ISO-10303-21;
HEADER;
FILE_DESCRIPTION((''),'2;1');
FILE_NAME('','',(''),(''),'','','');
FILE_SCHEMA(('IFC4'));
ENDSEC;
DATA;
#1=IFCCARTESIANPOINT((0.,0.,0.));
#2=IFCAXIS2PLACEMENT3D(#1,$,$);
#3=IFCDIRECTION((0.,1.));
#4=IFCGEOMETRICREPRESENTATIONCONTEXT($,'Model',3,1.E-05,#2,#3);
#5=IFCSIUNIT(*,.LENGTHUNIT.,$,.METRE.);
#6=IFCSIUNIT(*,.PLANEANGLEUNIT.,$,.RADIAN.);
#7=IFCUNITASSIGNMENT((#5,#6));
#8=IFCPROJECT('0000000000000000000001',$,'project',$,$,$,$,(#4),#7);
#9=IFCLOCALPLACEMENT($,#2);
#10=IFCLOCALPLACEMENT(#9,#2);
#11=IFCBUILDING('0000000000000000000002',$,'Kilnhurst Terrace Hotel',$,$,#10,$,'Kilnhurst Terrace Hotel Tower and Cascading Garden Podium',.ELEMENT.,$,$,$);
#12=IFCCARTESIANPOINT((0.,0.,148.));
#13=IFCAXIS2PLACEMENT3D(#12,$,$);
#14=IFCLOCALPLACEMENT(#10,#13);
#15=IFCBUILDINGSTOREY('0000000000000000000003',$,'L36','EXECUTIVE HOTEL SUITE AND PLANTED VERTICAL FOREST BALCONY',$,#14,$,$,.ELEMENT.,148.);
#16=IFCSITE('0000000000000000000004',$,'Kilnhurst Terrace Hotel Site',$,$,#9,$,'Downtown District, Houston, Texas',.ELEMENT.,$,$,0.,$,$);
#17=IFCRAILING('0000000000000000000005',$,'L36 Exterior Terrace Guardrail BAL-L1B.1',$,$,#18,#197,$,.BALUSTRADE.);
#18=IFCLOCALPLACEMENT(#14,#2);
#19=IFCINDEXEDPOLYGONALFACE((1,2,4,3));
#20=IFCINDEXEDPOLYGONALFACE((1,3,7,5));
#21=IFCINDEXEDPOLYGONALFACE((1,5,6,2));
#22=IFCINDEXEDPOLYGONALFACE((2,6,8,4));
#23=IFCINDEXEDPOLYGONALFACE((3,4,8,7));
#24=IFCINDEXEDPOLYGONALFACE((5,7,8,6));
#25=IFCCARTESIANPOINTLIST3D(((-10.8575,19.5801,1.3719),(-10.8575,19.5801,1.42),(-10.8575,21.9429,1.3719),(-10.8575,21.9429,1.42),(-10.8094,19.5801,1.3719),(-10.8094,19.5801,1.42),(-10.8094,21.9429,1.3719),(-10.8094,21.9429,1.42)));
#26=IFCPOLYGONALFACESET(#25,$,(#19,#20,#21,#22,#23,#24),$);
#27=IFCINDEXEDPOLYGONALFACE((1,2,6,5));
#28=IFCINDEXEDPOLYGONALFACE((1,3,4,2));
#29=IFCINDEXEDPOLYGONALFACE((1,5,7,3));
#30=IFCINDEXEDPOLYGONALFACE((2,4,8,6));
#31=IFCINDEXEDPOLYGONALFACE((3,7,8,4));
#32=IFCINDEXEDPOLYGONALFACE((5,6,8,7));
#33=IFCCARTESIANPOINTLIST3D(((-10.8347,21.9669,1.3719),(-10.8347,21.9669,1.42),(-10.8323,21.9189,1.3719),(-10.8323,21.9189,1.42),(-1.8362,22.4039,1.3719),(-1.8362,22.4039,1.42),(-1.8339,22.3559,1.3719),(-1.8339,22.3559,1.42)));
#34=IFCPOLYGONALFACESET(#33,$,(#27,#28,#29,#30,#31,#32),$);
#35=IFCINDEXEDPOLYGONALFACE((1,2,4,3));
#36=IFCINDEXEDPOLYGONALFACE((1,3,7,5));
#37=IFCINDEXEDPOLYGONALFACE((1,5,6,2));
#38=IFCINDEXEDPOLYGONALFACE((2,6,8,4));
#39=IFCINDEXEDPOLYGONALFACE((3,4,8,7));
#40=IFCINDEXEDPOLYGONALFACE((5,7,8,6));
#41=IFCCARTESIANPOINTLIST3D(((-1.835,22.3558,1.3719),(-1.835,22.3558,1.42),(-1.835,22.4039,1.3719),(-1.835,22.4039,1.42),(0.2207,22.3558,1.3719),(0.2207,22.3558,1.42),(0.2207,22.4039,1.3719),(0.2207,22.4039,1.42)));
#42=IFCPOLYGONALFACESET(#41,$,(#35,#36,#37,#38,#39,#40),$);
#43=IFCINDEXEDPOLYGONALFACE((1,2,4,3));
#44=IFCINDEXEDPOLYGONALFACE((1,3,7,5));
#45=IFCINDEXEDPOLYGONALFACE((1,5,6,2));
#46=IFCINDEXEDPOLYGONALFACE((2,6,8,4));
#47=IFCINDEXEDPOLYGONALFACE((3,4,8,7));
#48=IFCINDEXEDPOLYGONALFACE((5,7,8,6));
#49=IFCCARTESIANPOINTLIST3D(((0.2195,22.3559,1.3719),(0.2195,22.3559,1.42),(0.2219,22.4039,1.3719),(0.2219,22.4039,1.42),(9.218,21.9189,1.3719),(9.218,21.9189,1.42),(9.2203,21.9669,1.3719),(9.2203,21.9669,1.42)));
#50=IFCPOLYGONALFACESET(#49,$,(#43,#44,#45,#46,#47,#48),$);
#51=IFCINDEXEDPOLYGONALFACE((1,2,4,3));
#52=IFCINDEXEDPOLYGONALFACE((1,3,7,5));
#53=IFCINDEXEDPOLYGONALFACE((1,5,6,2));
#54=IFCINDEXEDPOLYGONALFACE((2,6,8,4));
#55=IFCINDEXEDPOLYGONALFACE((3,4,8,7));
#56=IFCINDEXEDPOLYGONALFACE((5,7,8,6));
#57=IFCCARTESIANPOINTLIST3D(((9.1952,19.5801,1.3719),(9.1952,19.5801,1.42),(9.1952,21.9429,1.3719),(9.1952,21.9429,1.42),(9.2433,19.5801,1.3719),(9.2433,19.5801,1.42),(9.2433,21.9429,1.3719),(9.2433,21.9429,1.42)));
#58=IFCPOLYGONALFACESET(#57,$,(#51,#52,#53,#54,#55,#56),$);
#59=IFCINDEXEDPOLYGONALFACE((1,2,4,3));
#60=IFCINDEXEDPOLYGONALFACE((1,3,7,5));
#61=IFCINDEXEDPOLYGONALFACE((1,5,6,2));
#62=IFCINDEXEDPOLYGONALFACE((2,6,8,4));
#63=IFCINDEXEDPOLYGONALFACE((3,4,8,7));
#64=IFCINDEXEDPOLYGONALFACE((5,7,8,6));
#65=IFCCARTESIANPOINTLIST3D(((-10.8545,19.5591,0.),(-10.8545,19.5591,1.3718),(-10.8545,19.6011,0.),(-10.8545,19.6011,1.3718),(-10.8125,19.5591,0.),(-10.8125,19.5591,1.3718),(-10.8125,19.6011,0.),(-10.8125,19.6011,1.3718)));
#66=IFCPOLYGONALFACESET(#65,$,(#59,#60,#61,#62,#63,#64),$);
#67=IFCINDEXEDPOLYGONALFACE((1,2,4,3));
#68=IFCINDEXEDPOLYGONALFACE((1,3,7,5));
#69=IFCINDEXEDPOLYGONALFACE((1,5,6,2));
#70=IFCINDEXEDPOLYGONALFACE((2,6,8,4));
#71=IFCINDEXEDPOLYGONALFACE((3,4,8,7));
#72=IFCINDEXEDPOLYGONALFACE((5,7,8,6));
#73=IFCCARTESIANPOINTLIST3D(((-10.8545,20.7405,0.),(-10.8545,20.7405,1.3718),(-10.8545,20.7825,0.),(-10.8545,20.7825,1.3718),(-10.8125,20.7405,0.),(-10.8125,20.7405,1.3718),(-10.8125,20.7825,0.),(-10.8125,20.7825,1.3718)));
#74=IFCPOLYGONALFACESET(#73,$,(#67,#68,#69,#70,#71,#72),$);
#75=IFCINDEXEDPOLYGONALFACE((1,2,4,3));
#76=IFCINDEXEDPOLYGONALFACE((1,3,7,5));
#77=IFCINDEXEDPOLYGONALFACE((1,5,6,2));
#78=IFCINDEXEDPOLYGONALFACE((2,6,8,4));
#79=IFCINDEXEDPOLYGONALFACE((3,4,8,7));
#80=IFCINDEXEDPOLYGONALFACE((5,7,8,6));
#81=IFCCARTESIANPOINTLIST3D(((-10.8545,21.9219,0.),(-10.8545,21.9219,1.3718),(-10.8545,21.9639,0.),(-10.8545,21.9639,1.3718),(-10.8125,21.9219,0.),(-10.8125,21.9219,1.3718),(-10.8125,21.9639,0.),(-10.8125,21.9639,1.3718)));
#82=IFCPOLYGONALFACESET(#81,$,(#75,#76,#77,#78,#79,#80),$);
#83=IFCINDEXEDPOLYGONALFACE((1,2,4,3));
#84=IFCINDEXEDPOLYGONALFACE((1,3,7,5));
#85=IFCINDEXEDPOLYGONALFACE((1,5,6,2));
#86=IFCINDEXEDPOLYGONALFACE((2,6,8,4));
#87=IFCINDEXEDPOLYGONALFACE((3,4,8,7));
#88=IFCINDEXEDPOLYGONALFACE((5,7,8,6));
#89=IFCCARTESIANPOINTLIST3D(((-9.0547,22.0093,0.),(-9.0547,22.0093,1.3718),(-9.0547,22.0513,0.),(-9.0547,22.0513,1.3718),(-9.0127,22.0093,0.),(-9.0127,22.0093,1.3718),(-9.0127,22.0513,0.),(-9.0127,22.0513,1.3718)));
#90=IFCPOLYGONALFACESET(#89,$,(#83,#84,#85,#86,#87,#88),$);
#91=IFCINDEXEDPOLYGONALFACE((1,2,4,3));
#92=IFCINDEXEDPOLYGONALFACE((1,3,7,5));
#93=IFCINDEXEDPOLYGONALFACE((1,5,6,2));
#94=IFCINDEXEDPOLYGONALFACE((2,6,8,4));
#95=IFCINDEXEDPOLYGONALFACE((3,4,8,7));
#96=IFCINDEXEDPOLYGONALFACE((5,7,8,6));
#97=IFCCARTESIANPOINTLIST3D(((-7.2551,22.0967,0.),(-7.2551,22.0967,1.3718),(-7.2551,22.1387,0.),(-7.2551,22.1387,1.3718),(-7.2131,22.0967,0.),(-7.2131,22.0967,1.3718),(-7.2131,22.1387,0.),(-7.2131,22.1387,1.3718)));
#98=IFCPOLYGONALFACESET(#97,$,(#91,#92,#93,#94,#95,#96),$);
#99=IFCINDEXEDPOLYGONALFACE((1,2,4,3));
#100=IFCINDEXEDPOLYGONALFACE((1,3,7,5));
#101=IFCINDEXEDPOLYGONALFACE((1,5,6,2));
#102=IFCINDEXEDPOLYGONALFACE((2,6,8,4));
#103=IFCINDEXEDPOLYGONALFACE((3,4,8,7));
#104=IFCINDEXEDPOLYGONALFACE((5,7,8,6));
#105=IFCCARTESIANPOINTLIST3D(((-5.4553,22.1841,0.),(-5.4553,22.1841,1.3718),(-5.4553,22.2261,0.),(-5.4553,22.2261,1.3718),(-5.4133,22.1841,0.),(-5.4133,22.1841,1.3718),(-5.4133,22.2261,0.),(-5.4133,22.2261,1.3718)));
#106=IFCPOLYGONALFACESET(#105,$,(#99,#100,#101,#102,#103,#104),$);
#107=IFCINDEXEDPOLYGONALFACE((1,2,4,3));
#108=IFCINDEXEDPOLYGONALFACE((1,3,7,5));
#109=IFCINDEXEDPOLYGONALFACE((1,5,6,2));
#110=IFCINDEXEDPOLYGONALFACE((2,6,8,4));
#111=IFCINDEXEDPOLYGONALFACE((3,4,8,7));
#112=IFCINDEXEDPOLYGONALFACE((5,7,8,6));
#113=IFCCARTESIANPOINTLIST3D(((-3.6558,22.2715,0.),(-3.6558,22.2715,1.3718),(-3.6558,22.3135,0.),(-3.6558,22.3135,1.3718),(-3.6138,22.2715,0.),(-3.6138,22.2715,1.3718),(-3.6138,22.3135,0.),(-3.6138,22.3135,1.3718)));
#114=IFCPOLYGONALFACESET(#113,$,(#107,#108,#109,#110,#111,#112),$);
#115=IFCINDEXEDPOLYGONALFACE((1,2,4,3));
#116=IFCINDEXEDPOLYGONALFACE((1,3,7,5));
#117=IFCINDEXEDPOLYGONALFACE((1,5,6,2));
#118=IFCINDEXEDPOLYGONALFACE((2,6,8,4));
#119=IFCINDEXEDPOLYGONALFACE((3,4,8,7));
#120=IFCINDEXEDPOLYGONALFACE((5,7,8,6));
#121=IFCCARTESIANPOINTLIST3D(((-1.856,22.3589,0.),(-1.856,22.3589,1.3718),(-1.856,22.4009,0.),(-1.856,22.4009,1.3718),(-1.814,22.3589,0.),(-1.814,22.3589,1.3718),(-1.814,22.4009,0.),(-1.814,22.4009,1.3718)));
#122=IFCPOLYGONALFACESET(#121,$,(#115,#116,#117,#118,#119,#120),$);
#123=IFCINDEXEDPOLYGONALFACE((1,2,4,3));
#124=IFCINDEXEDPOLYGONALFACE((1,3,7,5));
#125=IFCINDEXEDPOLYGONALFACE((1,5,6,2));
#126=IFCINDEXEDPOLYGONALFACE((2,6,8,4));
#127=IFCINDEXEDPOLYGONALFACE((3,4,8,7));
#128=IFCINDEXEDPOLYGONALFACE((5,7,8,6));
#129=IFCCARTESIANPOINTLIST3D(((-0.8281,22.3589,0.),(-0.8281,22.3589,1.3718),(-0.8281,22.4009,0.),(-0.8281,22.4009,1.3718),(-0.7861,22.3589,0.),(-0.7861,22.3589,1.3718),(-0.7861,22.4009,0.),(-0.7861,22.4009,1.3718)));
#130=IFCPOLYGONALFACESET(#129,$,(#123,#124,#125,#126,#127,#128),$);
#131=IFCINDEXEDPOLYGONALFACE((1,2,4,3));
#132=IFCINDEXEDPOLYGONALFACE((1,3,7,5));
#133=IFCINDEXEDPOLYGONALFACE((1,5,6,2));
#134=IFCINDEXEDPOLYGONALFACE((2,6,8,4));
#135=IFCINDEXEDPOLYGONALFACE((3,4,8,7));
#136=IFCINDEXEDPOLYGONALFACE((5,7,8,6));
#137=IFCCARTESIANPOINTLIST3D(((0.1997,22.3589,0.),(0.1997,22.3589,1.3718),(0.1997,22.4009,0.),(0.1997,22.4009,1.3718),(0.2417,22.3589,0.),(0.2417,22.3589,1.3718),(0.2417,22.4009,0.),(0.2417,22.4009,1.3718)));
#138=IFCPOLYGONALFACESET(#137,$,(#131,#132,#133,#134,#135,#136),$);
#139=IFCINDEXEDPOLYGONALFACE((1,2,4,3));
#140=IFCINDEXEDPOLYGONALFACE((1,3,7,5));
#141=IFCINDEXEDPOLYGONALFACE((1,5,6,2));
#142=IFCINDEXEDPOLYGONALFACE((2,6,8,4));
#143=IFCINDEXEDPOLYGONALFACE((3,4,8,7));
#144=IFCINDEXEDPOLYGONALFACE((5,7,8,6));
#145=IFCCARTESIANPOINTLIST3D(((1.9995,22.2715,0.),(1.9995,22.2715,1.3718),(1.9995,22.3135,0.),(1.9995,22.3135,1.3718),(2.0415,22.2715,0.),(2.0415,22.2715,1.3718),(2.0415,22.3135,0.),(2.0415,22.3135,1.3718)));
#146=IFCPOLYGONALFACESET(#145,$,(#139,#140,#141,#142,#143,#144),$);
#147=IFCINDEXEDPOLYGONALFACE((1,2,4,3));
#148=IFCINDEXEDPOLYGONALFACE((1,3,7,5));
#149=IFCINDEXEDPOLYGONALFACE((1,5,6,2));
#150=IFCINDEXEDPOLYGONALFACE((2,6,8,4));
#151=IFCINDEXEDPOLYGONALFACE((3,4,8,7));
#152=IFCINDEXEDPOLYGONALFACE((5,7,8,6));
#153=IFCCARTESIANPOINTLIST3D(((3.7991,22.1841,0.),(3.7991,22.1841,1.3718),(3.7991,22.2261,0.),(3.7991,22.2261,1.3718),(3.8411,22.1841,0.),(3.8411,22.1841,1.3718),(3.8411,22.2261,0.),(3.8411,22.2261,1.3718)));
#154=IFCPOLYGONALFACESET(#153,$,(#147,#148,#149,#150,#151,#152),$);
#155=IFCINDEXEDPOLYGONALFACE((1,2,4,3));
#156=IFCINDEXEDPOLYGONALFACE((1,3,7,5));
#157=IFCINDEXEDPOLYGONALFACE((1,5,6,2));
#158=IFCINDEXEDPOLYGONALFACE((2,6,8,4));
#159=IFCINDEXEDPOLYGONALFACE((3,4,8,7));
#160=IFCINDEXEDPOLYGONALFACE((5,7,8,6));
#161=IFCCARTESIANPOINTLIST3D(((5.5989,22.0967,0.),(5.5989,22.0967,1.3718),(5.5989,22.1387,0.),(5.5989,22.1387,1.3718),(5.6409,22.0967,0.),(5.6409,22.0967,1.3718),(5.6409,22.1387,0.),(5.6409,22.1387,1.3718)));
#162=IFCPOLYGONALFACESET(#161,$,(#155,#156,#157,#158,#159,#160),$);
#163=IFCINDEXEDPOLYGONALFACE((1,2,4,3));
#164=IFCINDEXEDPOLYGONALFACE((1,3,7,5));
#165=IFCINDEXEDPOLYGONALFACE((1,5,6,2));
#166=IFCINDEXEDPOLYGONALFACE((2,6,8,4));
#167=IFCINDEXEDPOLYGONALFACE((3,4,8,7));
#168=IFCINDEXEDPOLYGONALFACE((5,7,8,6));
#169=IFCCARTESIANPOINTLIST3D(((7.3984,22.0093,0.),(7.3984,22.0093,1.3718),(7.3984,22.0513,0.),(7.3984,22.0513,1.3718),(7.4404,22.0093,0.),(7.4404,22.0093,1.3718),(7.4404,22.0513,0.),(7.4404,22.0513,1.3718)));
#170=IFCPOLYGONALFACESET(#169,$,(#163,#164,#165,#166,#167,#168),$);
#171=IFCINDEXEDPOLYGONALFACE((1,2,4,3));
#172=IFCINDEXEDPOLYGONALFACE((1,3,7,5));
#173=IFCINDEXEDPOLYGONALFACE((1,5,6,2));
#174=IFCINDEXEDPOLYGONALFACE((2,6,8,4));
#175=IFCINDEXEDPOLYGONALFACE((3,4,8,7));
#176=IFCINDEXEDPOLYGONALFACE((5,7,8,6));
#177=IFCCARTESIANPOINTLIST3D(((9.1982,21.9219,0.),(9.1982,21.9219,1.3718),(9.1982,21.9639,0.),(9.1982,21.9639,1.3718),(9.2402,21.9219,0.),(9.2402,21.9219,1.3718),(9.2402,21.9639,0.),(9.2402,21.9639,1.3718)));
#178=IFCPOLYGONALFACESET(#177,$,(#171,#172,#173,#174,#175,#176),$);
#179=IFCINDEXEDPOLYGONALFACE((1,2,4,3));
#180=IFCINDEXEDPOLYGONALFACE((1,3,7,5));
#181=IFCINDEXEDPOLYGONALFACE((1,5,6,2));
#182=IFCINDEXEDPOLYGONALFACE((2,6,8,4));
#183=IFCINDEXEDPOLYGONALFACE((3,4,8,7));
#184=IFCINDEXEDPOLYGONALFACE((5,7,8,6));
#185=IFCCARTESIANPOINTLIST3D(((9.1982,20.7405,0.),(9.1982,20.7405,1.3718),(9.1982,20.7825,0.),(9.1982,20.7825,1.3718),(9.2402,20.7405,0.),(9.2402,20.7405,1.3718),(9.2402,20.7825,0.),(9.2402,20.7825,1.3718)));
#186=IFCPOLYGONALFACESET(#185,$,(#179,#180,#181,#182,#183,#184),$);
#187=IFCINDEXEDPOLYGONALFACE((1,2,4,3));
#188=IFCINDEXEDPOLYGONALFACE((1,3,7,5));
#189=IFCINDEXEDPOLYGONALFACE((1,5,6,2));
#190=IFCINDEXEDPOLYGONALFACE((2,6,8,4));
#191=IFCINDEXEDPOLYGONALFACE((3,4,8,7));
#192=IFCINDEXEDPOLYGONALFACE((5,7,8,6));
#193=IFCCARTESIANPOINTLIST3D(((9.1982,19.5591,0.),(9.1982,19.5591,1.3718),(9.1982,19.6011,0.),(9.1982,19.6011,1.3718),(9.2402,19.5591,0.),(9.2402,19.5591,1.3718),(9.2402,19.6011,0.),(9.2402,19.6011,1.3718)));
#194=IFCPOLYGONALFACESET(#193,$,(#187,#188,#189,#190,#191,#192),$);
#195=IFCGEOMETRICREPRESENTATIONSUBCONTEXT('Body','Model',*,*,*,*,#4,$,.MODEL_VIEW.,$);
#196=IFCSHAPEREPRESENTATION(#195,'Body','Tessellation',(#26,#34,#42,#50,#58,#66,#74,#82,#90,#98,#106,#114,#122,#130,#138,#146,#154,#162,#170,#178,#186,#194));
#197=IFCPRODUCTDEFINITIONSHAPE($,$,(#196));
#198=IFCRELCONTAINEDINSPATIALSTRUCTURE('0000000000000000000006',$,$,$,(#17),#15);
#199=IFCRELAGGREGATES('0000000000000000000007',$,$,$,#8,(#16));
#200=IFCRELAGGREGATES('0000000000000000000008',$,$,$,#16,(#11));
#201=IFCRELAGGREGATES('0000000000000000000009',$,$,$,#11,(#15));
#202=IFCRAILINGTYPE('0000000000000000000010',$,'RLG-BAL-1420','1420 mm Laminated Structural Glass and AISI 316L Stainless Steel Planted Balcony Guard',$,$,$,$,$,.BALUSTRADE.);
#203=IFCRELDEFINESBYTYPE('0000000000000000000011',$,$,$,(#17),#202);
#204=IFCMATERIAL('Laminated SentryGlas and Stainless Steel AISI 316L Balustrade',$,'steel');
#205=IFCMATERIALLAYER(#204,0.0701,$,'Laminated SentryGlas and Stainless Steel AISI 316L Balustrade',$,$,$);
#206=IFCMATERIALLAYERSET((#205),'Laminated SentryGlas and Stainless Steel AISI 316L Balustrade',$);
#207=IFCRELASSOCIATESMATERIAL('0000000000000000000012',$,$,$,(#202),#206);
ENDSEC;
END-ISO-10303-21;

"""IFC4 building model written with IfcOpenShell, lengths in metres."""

from ifc_helpers import new_model, si_unit, direction, frame, origin, origin_2d, place, context, subcontext, project, spatial, rectangle, extrude, material, layer, layer_set, type_object, element, save


model = new_model("IFC4")

# Units and contexts
model_context = context("Model", 3, precision=1e-05, world=origin(), true_north=direction((0.0, 1.0)))
body_context = subcontext(model_context, "Body", "Model", "MODEL_VIEW")
ifc_project = project(units=[si_unit("LENGTHUNIT", "METRE"), si_unit("PLANEANGLEUNIT", "RADIAN")], contexts=[model_context])

# Site, building, storey
site_placement = place(None, origin())
site = spatial("IfcSite", under=ifc_project, at=site_placement, Name="Kilnhurst Terrace Hotel Site", LongName="Downtown District, Houston, Texas", CompositionType="ELEMENT", RefElevation=0.0)
building_placement = place(site_placement, origin())
building = spatial("IfcBuilding", under=site, at=building_placement, Name="Kilnhurst Terrace Hotel", LongName="Kilnhurst Terrace Hotel Tower and Cascading Garden Podium", CompositionType="ELEMENT")
storey_placement = place(building_placement, frame((0.0, 0.0, 148.0)))
storey = spatial("IfcBuildingStorey", under=building, at=storey_placement, Name="L36", Description="EXECUTIVE HOTEL SUITE AND PLANTED VERTICAL FOREST BALCONY", CompositionType="ELEMENT", Elevation=148.0)

# Railing
ifc_material_1 = material(Name="Laminated SentryGlas and Stainless Steel AISI 316L Balustrade", Category="steel")
ifc_layer_1 = layer(ifc_material_1, 0.0701, Name="Laminated SentryGlas and Stainless Steel AISI 316L Balustrade")
ifc_layer_set_1 = layer_set([ifc_layer_1], Name="Laminated SentryGlas and Stainless Steel AISI 316L Balustrade")
railing_type = type_object("IfcRailingType", Name="RLG-BAL-1420", Description="1420 mm Laminated Structural Glass and AISI 316L Stainless Steel Planted Balcony Guard", PredefinedType="BALUSTRADE", material=ifc_layer_set_1)
railing_placement = place(storey_placement, frame((-10.8335, 19.5801, 0.0)))
element("IfcRailing", 1, at=railing_placement, inside=storey, type_object=railing_type, Name="L36 Exterior Terrace Guardrail BAL-L1B.1", PredefinedType="BALUSTRADE", context=body_context, shape_type="SweptSolid", body=[
    extrude(rectangle(XDim=0.0481, YDim=0.0481, at=origin_2d()), frame((0.0, 0.0, 1.396), z_axis=(0.0, 1.0, 0.0), x_axis=(-1.0, 0.0, 0.0)), (0.0, 0.0, 1.0), 2.3628),
    extrude(rectangle(XDim=0.0481, YDim=0.0481, at=origin_2d()), frame((0.0, 2.3628, 1.396), z_axis=(0.998823, 0.048508, 0.0), x_axis=(-0.048508, 0.998823, 0.0)), (0.0, 0.0, 1.0), 9.009),
    extrude(rectangle(XDim=0.0481, YDim=0.0481, at=origin_2d()), frame((8.9985, 2.7998, 1.396), z_axis=(1.0, 0.0, 0.0), x_axis=(0.0, 1.0, 0.0)), (0.0, 0.0, 1.0), 2.0557),
    extrude(rectangle(XDim=0.0481, YDim=0.0481, at=origin_2d()), frame((11.0542, 2.7998, 1.396), z_axis=(0.998823, -0.048508, 0.0), x_axis=(0.048508, 0.998823, 0.0)), (0.0, 0.0, 1.0), 9.009),
    extrude(rectangle(XDim=0.0481, YDim=0.0481, at=origin_2d()), frame((20.0527, 2.3628, 1.396), z_axis=(0.0, -1.0, 0.0), x_axis=(1.0, 0.0, 0.0)), (0.0, 0.0, 1.0), 2.3628),
    extrude(rectangle(XDim=0.042, YDim=0.042, at=origin_2d()), origin(), (0.0, 0.0, 1.0), 1.3718),
    extrude(rectangle(XDim=0.042, YDim=0.042, at=origin_2d()), frame((0.0, 1.1814, 0.0)), (0.0, 0.0, 1.0), 1.3718),
    extrude(rectangle(XDim=0.042, YDim=0.042, at=origin_2d()), frame((0.0, 2.3628, 0.0)), (0.0, 0.0, 1.0), 1.3718),
    extrude(rectangle(XDim=0.042, YDim=0.042, at=origin_2d()), frame((1.7998, 2.4502, 0.0)), (0.0, 0.0, 1.0), 1.3718),
    extrude(rectangle(XDim=0.042, YDim=0.042, at=origin_2d()), frame((3.5994, 2.5376, 0.0)), (0.0, 0.0, 1.0), 1.3718),
    extrude(rectangle(XDim=0.042, YDim=0.042, at=origin_2d()), frame((5.3992, 2.625, 0.0)), (0.0, 0.0, 1.0), 1.3718),
    extrude(rectangle(XDim=0.042, YDim=0.042, at=origin_2d()), frame((7.1987, 2.7124, 0.0)), (0.0, 0.0, 1.0), 1.3718),
    extrude(rectangle(XDim=0.042, YDim=0.042, at=origin_2d()), frame((8.9985, 2.7998, 0.0)), (0.0, 0.0, 1.0), 1.3718),
    extrude(rectangle(XDim=0.042, YDim=0.042, at=origin_2d()), frame((10.0264, 2.7998, 0.0)), (0.0, 0.0, 1.0), 1.3718),
    extrude(rectangle(XDim=0.042, YDim=0.042, at=origin_2d()), frame((11.0542, 2.7998, 0.0)), (0.0, 0.0, 1.0), 1.3718),
    extrude(rectangle(XDim=0.042, YDim=0.042, at=origin_2d()), frame((12.854, 2.7124, 0.0)), (0.0, 0.0, 1.0), 1.3718),
    extrude(rectangle(XDim=0.042, YDim=0.042, at=origin_2d()), frame((14.6536, 2.625, 0.0)), (0.0, 0.0, 1.0), 1.3718),
    extrude(rectangle(XDim=0.042, YDim=0.042, at=origin_2d()), frame((16.4534, 2.5376, 0.0)), (0.0, 0.0, 1.0), 1.3718),
    extrude(rectangle(XDim=0.042, YDim=0.042, at=origin_2d()), frame((18.2529, 2.4502, 0.0)), (0.0, 0.0, 1.0), 1.3718),
    extrude(rectangle(XDim=0.042, YDim=0.042, at=origin_2d()), frame((20.0527, 2.3628, 0.0)), (0.0, 0.0, 1.0), 1.3718),
    extrude(rectangle(XDim=0.042, YDim=0.042, at=origin_2d()), frame((20.0527, 1.1814, 0.0)), (0.0, 0.0, 1.0), 1.3718),
    extrude(rectangle(XDim=0.042, YDim=0.042, at=origin_2d()), frame((20.0527, 0.0, 0.0)), (0.0, 0.0, 1.0), 1.3718),
])

save(model, "model.ifc")
